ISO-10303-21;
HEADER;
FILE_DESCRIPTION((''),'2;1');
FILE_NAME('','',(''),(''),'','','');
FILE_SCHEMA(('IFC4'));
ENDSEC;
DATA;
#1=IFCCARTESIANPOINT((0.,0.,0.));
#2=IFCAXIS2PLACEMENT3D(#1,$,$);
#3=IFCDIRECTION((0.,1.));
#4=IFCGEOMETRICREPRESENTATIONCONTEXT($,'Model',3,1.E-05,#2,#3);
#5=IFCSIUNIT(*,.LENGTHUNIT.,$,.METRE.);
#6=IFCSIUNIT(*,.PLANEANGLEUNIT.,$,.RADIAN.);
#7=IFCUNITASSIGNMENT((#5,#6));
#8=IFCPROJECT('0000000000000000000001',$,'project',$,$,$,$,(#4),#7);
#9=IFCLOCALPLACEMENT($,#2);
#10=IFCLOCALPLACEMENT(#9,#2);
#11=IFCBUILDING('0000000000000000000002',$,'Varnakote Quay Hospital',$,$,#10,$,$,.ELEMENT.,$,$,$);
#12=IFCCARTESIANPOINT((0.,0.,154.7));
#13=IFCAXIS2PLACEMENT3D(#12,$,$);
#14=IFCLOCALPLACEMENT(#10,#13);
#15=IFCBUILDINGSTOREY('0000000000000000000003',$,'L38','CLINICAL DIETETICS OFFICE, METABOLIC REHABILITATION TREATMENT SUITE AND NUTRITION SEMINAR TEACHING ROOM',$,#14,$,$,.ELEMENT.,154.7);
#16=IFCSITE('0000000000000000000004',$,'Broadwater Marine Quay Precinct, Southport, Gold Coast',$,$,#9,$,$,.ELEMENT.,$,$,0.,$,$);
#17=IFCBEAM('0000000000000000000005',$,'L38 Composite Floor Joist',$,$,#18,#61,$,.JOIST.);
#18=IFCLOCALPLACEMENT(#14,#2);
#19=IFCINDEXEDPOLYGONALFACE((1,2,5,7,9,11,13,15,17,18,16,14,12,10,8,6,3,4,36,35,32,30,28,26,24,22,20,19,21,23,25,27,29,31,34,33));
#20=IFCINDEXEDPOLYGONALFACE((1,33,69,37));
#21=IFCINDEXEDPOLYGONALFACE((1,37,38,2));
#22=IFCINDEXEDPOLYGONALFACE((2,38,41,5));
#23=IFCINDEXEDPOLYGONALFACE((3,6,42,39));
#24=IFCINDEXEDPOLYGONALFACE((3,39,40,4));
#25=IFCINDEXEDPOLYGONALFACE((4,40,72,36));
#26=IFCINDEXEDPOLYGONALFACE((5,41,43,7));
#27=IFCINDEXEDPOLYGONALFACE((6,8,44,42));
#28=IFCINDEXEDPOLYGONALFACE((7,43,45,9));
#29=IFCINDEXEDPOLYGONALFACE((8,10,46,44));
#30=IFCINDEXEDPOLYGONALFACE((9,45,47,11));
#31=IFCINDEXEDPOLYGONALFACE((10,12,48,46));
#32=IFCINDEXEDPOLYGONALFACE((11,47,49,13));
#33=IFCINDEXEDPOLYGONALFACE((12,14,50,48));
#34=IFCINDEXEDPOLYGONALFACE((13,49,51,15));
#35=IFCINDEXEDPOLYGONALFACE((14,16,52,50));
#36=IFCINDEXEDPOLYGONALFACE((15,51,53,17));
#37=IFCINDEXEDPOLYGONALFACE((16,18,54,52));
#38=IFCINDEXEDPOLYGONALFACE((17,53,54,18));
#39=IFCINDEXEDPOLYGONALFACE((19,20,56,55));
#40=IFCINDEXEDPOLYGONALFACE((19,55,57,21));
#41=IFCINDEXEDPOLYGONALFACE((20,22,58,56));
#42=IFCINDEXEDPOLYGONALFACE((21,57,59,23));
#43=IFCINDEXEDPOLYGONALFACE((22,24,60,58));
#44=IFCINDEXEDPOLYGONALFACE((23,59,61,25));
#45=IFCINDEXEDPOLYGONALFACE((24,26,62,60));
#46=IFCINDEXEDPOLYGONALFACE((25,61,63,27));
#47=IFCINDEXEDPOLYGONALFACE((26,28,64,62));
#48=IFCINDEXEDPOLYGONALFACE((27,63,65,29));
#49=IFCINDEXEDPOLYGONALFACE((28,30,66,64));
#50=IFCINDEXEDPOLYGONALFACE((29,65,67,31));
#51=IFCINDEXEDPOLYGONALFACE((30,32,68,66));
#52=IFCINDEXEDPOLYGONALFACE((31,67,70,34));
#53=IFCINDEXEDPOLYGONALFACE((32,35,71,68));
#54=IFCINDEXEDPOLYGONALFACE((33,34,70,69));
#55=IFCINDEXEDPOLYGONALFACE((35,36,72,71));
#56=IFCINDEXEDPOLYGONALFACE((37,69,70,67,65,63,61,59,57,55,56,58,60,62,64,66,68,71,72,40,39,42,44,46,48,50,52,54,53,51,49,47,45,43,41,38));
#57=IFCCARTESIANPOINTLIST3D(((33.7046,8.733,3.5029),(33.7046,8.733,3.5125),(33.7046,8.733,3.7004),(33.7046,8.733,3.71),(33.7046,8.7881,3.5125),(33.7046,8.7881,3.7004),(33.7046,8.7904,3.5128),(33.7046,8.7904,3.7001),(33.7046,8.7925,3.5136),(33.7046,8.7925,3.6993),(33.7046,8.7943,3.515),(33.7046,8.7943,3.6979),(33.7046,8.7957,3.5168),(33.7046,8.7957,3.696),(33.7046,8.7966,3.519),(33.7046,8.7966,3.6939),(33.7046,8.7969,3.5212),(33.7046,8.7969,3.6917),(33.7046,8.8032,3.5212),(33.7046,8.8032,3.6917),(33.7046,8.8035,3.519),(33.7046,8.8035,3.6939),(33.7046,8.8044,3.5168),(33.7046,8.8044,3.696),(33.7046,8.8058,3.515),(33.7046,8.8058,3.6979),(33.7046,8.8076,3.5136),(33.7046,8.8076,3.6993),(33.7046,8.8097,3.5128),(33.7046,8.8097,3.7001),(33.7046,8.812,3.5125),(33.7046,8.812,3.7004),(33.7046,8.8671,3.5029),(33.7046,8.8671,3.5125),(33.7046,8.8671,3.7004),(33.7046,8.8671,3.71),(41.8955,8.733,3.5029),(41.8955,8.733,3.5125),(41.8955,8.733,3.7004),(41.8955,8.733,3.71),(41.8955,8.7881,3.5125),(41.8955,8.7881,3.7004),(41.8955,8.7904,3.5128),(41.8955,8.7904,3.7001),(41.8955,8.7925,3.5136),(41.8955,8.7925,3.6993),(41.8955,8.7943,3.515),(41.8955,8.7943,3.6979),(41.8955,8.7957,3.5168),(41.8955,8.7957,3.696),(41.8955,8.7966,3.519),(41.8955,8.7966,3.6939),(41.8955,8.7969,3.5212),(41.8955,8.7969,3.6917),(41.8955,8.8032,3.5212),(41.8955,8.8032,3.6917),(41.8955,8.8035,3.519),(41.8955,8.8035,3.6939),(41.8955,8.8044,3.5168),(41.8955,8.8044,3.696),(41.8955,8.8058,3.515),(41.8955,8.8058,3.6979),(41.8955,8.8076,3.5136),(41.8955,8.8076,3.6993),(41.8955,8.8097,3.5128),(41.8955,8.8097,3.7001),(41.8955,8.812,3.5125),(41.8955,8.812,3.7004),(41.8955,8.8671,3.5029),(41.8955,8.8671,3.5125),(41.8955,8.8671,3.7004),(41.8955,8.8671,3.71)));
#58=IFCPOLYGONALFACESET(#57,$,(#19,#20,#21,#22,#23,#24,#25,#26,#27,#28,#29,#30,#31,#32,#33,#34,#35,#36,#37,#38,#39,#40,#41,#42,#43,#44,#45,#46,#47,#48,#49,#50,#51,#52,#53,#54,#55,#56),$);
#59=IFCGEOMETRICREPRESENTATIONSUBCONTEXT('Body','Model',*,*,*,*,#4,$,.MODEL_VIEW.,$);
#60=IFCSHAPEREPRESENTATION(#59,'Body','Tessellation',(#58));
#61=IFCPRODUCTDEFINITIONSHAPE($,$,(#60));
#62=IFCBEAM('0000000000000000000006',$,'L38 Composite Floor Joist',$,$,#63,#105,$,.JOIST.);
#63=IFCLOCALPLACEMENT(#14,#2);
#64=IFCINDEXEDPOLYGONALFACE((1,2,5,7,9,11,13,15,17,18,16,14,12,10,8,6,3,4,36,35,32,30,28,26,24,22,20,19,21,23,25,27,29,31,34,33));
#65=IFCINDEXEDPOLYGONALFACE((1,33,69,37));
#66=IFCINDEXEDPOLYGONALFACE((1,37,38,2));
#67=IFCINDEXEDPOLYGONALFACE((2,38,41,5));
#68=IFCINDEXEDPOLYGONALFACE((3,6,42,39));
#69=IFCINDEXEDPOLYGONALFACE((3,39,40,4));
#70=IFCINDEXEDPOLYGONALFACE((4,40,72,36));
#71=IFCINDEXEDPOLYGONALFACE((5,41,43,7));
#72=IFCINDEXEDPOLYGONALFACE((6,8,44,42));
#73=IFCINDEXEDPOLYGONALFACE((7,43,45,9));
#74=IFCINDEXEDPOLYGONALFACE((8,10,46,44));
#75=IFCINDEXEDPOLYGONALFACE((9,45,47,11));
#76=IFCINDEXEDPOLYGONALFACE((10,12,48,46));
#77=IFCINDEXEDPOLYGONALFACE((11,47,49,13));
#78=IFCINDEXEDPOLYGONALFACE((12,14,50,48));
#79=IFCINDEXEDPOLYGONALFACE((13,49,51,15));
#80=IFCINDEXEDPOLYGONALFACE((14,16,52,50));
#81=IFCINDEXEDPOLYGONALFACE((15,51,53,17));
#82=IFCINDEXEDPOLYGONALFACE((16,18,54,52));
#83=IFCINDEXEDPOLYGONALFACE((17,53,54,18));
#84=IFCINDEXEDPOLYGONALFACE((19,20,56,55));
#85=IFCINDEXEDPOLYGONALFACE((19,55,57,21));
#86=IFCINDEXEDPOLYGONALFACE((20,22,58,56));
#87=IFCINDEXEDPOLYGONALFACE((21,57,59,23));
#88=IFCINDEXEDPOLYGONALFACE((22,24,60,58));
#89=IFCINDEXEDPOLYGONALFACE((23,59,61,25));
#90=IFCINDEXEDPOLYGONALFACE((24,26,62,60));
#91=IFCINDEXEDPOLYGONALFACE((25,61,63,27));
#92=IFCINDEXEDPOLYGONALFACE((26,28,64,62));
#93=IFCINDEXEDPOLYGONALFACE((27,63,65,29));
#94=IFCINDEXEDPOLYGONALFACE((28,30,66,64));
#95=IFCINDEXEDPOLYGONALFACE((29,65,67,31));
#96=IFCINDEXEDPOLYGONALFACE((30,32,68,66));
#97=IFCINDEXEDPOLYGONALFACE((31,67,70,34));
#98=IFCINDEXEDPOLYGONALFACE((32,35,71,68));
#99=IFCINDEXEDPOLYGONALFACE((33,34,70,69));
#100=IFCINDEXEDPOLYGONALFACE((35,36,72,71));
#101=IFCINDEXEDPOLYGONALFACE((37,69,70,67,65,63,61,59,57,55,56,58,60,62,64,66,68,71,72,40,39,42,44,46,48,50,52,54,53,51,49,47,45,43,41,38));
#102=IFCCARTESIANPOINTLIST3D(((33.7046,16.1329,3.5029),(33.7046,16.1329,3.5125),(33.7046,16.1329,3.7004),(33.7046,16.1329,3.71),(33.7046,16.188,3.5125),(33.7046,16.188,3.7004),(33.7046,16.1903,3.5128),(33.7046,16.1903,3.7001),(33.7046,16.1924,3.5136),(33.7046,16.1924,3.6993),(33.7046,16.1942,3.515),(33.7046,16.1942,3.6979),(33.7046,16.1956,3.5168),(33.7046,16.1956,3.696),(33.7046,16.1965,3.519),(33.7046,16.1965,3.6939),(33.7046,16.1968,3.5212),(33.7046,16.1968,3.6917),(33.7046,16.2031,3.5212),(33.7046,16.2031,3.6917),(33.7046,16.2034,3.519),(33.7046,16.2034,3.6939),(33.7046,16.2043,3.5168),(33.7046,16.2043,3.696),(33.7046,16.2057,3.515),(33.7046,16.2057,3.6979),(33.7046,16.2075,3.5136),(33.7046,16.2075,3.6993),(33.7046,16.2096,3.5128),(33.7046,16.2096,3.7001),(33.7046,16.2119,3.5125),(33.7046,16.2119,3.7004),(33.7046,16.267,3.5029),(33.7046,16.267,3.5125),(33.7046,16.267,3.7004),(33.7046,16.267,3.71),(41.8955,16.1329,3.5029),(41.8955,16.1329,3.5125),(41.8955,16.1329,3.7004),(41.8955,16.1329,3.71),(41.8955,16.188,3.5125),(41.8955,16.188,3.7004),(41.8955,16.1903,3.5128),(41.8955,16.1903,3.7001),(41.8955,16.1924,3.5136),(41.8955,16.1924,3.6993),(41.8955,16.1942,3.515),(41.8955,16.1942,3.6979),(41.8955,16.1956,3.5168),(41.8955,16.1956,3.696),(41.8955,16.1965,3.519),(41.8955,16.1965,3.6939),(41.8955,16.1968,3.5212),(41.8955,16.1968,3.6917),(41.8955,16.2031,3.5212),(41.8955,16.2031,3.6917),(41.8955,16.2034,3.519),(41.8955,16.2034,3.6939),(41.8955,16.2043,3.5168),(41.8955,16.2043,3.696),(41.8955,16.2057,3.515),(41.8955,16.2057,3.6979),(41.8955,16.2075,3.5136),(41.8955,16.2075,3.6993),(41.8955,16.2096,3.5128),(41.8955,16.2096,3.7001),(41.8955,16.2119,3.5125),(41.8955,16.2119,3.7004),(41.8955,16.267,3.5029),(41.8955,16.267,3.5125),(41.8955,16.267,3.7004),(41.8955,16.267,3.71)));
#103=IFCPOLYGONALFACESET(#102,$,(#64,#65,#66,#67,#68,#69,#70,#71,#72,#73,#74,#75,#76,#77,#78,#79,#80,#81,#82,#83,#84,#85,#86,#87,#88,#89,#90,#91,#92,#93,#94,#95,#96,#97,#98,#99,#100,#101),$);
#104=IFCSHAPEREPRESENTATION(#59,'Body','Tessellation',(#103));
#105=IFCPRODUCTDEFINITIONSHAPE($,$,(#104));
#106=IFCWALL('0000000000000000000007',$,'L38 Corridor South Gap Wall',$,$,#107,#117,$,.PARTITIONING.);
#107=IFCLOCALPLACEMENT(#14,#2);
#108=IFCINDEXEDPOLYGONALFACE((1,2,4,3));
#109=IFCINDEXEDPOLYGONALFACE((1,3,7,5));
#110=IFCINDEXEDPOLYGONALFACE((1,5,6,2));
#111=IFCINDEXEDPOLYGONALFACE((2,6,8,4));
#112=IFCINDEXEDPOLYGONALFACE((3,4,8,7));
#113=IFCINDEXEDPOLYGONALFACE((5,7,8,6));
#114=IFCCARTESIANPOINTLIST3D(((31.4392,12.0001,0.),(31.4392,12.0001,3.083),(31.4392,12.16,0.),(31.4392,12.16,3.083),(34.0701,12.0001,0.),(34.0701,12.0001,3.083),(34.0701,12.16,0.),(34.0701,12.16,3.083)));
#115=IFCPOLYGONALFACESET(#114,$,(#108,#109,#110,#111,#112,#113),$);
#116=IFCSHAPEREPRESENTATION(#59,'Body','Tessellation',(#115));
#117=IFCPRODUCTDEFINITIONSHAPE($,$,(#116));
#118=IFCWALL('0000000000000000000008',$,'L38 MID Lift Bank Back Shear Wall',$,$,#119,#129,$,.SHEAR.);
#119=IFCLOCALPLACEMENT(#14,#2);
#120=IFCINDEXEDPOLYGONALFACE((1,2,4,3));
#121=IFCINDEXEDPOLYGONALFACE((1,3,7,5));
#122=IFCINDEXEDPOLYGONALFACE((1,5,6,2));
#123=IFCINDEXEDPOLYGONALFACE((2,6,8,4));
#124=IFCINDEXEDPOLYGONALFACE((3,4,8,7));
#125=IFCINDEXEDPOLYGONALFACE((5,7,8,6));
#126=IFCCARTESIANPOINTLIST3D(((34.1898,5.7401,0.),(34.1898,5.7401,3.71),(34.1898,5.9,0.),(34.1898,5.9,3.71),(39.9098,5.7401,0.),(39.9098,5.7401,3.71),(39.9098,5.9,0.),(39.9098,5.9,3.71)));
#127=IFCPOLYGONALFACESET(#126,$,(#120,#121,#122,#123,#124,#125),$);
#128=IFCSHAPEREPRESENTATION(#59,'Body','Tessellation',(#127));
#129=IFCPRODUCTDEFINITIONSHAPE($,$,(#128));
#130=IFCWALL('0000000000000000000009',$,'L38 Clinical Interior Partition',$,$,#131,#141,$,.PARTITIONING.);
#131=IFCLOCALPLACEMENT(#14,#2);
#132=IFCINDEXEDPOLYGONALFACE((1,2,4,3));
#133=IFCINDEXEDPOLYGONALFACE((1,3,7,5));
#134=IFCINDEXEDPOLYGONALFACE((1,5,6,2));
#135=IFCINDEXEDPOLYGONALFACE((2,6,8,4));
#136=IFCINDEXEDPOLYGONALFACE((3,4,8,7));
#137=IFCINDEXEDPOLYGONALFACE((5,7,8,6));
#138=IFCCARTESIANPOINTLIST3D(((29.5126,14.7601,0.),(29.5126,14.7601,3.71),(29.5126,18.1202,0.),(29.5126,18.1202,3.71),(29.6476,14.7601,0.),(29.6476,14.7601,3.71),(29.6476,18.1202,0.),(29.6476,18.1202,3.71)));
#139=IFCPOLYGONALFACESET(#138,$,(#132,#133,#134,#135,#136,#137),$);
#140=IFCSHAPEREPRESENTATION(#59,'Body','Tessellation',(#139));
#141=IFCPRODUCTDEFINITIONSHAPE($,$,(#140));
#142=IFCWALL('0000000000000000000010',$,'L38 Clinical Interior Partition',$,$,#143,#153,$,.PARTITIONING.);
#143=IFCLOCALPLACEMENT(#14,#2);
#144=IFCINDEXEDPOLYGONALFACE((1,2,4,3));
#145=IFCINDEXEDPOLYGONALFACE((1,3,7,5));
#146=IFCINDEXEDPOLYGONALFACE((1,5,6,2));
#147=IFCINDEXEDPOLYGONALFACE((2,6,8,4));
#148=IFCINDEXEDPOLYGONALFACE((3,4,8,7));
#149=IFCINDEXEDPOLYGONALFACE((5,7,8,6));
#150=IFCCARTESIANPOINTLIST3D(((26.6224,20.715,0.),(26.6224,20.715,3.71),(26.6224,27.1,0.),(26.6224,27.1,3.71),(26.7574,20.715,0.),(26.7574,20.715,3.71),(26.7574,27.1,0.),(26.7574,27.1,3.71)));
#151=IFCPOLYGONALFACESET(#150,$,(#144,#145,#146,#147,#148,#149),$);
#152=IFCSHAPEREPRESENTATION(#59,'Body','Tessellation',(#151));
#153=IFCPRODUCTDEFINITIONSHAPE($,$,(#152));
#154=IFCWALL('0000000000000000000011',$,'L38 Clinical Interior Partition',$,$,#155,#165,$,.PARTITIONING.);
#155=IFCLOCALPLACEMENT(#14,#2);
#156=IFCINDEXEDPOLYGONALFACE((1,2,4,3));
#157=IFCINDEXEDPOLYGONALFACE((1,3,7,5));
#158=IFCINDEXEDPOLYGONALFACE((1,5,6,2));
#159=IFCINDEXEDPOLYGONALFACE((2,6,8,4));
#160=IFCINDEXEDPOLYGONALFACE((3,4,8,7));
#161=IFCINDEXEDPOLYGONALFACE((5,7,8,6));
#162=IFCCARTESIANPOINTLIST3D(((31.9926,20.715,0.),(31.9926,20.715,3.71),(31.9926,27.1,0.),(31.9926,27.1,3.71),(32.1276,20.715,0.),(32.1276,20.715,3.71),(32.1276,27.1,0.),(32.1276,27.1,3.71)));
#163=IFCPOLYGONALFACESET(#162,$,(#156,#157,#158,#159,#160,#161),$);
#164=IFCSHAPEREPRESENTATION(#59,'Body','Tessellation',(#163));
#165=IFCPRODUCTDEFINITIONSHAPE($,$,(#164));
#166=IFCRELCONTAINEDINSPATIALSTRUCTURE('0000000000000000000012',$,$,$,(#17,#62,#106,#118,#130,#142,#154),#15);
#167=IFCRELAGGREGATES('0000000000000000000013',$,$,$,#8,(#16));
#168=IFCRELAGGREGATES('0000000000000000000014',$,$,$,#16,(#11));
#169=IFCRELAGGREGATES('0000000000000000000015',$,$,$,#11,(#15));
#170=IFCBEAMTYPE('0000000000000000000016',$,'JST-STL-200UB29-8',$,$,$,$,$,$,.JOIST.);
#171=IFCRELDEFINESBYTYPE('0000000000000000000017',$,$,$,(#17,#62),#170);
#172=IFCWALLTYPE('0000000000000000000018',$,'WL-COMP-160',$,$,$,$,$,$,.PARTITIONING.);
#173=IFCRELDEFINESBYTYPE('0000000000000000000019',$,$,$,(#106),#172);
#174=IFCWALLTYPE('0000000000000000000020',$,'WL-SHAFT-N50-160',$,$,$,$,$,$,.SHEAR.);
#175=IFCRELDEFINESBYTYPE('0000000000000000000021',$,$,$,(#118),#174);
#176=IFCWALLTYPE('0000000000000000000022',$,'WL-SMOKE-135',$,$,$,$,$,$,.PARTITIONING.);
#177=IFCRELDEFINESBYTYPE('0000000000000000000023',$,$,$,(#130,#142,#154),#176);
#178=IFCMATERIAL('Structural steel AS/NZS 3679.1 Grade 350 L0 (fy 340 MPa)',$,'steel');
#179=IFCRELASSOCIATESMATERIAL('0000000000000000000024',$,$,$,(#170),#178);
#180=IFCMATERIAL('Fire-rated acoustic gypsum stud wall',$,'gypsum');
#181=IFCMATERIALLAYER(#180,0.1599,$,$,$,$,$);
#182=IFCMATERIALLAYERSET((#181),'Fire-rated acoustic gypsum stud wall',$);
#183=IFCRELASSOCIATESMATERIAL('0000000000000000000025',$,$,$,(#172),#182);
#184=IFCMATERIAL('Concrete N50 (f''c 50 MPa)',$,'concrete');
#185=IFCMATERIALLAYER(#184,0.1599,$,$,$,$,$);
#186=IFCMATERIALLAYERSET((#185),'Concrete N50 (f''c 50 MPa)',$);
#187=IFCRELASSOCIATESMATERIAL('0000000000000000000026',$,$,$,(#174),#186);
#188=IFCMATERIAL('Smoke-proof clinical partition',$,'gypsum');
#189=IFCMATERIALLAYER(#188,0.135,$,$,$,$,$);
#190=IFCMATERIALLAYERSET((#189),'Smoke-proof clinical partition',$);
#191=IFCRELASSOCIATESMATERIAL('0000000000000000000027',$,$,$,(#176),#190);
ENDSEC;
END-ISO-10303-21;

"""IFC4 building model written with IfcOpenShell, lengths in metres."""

from ifc_helpers import new_model, si_unit, direction, frame, frame_2d, origin, origin_2d, place, context, subcontext, project, spatial, rectangle, i_section, extrude, material, layer, layer_set, material_profile, profile_set, type_object, element, save


model = new_model("IFC4")

# Units and contexts
model_context = context("Model", 3, precision=1e-05, world=origin(), true_north=direction((0.0, 1.0)))
body_context = subcontext(model_context, "Body", "Model", "MODEL_VIEW")
ifc_project = project(units=[si_unit("LENGTHUNIT", "METRE"), si_unit("PLANEANGLEUNIT", "RADIAN")], contexts=[model_context])

# Site, building, storey
site_placement = place(None, origin())
site = spatial("IfcSite", under=ifc_project, at=site_placement, Name="Broadwater Marine Quay Precinct, Southport, Gold Coast", CompositionType="ELEMENT", RefElevation=0.0)
building_placement = place(site_placement, origin())
building = spatial("IfcBuilding", under=site, at=building_placement, Name="Varnakote Quay Hospital", CompositionType="ELEMENT")
storey_placement = place(building_placement, frame((0.0, 0.0, 154.7)))
storey = spatial("IfcBuildingStorey", under=building, at=storey_placement, Name="L38", Description="CLINICAL DIETETICS OFFICE, METABOLIC REHABILITATION TREATMENT SUITE AND NUTRITION SEMINAR TEACHING ROOM", CompositionType="ELEMENT", Elevation=154.7)

# Beams
ifc_material_1 = material(Name="Structural steel AS/NZS 3679.1 Grade 350 L0 (fy 340 MPa)", Category="steel")
ifc_material_profile_1 = material_profile(ifc_material_1, i_section(OverallWidth=0.134, OverallDepth=0.207, WebThickness=0.0063, FlangeThickness=0.0095, FilletRadius=0.0088, at=origin_2d()), Name="200UB29.8")
ifc_profile_set_1 = profile_set([ifc_material_profile_1], Name="Structural steel AS/NZS 3679.1 Grade 350 L0 (fy 340 MPa)")
beam_type_1 = type_object("IfcBeamType", Name="JST-STL-200UB29-8", PredefinedType="JOIST", material=ifc_profile_set_1)
for number, where, z_axis, x_axis, name in (
    (1, (33.7046, 8.8, 3.6064), (1.0, 0.0, 0.0), (0.0, 1.0, 0.0), "L38 Composite Floor Joist"),
    (2, (33.7046, 16.2, 3.6064), (1.0, 0.0, 0.0), (0.0, 1.0, 0.0), "L38 Composite Floor Joist"),
):
    element("IfcBeam", number, at=place(storey_placement, frame(where, z_axis=z_axis, x_axis=x_axis)), inside=storey, type_object=beam_type_1, Name=name, PredefinedType="JOIST", context=body_context, shape_type="SweptSolid", body=[
        extrude(i_section(OverallWidth=0.134, OverallDepth=0.207, WebThickness=0.0063, FlangeThickness=0.0095, FilletRadius=0.0088, at=origin_2d()), origin(), (0.0, 0.0, 1.0), 8.1909),
    ])

# Walls
ifc_material_2 = material(Name="Fire-rated acoustic gypsum stud wall", Category="gypsum")
ifc_layer_1 = layer(ifc_material_2, 0.1599)
ifc_layer_set_1 = layer_set([ifc_layer_1], Name="Fire-rated acoustic gypsum stud wall")
wall_type_1 = type_object("IfcWallType", Name="WL-COMP-160", PredefinedType="PARTITIONING", material=ifc_layer_set_1)
wall_1_placement = place(storey_placement, frame((31.4392, 12.0801, 0.0), z_axis=(0.0, 0.0, 1.0), x_axis=(1.0, 0.0, 0.0)))
element("IfcWall", 3, at=wall_1_placement, inside=storey, type_object=wall_type_1, Name="L38 Corridor South Gap Wall", PredefinedType="PARTITIONING", context=body_context, shape_type="SweptSolid", body=[
    extrude(rectangle(XDim=2.6309, YDim=0.1599, at=frame_2d((1.3154, 0.0))), origin(), (0.0, 0.0, 1.0), 3.083),
])
ifc_material_3 = material(Name="Concrete N50 (f'c 50 MPa)", Category="concrete")
ifc_layer_2 = layer(ifc_material_3, 0.1599)
ifc_layer_set_2 = layer_set([ifc_layer_2], Name="Concrete N50 (f'c 50 MPa)")
wall_type_2 = type_object("IfcWallType", Name="WL-SHAFT-N50-160", PredefinedType="SHEAR", material=ifc_layer_set_2)
wall_2_placement = place(storey_placement, frame((34.1899, 5.8201, 0.0), z_axis=(0.0, 0.0, 1.0), x_axis=(1.0, 0.0, 0.0)))
element("IfcWall", 4, at=wall_2_placement, inside=storey, type_object=wall_type_2, Name="L38 MID Lift Bank Back Shear Wall", PredefinedType="SHEAR", context=body_context, shape_type="SweptSolid", body=[
    extrude(rectangle(XDim=5.72, YDim=0.1599, at=frame_2d((2.8599, 0.0))), origin(), (0.0, 0.0, 1.0), 3.71),
])
ifc_material_4 = material(Name="Smoke-proof clinical partition", Category="gypsum")
ifc_layer_3 = layer(ifc_material_4, 0.135)
ifc_layer_set_3 = layer_set([ifc_layer_3], Name="Smoke-proof clinical partition")
wall_type_3 = type_object("IfcWallType", Name="WL-SMOKE-135", PredefinedType="PARTITIONING", material=ifc_layer_set_3)
wall_3_placement = place(storey_placement, frame((29.5801, 14.76, 0.0), z_axis=(0.0, 0.0, 1.0), x_axis=(0.0, 1.0, 0.0)))
element("IfcWall", 5, at=wall_3_placement, inside=storey, type_object=wall_type_3, Name="L38 Clinical Interior Partition", PredefinedType="PARTITIONING", context=body_context, shape_type="SweptSolid", body=[
    extrude(rectangle(XDim=3.3601, YDim=0.135, at=frame_2d((1.6802, 0.0))), origin(), (0.0, 0.0, 1.0), 3.71),
])
for number, where, z_axis, x_axis, name in (
    (6, (26.6899, 20.7151, 0.0), (0.0, 0.0, 1.0), (0.0, 1.0, 0.0), "L38 Clinical Interior Partition"),
    (7, (32.0601, 20.7151, 0.0), (0.0, 0.0, 1.0), (0.0, 1.0, 0.0), "L38 Clinical Interior Partition"),
):
    element("IfcWall", number, at=place(storey_placement, frame(where, z_axis=z_axis, x_axis=x_axis)), inside=storey, type_object=wall_type_3, Name=name, PredefinedType="PARTITIONING", context=body_context, shape_type="SweptSolid", body=[
        extrude(rectangle(XDim=6.385, YDim=0.135, at=frame_2d((3.1924, 0.0))), origin(), (0.0, 0.0, 1.0), 3.71),
    ])

save(model, "model.ifc")
